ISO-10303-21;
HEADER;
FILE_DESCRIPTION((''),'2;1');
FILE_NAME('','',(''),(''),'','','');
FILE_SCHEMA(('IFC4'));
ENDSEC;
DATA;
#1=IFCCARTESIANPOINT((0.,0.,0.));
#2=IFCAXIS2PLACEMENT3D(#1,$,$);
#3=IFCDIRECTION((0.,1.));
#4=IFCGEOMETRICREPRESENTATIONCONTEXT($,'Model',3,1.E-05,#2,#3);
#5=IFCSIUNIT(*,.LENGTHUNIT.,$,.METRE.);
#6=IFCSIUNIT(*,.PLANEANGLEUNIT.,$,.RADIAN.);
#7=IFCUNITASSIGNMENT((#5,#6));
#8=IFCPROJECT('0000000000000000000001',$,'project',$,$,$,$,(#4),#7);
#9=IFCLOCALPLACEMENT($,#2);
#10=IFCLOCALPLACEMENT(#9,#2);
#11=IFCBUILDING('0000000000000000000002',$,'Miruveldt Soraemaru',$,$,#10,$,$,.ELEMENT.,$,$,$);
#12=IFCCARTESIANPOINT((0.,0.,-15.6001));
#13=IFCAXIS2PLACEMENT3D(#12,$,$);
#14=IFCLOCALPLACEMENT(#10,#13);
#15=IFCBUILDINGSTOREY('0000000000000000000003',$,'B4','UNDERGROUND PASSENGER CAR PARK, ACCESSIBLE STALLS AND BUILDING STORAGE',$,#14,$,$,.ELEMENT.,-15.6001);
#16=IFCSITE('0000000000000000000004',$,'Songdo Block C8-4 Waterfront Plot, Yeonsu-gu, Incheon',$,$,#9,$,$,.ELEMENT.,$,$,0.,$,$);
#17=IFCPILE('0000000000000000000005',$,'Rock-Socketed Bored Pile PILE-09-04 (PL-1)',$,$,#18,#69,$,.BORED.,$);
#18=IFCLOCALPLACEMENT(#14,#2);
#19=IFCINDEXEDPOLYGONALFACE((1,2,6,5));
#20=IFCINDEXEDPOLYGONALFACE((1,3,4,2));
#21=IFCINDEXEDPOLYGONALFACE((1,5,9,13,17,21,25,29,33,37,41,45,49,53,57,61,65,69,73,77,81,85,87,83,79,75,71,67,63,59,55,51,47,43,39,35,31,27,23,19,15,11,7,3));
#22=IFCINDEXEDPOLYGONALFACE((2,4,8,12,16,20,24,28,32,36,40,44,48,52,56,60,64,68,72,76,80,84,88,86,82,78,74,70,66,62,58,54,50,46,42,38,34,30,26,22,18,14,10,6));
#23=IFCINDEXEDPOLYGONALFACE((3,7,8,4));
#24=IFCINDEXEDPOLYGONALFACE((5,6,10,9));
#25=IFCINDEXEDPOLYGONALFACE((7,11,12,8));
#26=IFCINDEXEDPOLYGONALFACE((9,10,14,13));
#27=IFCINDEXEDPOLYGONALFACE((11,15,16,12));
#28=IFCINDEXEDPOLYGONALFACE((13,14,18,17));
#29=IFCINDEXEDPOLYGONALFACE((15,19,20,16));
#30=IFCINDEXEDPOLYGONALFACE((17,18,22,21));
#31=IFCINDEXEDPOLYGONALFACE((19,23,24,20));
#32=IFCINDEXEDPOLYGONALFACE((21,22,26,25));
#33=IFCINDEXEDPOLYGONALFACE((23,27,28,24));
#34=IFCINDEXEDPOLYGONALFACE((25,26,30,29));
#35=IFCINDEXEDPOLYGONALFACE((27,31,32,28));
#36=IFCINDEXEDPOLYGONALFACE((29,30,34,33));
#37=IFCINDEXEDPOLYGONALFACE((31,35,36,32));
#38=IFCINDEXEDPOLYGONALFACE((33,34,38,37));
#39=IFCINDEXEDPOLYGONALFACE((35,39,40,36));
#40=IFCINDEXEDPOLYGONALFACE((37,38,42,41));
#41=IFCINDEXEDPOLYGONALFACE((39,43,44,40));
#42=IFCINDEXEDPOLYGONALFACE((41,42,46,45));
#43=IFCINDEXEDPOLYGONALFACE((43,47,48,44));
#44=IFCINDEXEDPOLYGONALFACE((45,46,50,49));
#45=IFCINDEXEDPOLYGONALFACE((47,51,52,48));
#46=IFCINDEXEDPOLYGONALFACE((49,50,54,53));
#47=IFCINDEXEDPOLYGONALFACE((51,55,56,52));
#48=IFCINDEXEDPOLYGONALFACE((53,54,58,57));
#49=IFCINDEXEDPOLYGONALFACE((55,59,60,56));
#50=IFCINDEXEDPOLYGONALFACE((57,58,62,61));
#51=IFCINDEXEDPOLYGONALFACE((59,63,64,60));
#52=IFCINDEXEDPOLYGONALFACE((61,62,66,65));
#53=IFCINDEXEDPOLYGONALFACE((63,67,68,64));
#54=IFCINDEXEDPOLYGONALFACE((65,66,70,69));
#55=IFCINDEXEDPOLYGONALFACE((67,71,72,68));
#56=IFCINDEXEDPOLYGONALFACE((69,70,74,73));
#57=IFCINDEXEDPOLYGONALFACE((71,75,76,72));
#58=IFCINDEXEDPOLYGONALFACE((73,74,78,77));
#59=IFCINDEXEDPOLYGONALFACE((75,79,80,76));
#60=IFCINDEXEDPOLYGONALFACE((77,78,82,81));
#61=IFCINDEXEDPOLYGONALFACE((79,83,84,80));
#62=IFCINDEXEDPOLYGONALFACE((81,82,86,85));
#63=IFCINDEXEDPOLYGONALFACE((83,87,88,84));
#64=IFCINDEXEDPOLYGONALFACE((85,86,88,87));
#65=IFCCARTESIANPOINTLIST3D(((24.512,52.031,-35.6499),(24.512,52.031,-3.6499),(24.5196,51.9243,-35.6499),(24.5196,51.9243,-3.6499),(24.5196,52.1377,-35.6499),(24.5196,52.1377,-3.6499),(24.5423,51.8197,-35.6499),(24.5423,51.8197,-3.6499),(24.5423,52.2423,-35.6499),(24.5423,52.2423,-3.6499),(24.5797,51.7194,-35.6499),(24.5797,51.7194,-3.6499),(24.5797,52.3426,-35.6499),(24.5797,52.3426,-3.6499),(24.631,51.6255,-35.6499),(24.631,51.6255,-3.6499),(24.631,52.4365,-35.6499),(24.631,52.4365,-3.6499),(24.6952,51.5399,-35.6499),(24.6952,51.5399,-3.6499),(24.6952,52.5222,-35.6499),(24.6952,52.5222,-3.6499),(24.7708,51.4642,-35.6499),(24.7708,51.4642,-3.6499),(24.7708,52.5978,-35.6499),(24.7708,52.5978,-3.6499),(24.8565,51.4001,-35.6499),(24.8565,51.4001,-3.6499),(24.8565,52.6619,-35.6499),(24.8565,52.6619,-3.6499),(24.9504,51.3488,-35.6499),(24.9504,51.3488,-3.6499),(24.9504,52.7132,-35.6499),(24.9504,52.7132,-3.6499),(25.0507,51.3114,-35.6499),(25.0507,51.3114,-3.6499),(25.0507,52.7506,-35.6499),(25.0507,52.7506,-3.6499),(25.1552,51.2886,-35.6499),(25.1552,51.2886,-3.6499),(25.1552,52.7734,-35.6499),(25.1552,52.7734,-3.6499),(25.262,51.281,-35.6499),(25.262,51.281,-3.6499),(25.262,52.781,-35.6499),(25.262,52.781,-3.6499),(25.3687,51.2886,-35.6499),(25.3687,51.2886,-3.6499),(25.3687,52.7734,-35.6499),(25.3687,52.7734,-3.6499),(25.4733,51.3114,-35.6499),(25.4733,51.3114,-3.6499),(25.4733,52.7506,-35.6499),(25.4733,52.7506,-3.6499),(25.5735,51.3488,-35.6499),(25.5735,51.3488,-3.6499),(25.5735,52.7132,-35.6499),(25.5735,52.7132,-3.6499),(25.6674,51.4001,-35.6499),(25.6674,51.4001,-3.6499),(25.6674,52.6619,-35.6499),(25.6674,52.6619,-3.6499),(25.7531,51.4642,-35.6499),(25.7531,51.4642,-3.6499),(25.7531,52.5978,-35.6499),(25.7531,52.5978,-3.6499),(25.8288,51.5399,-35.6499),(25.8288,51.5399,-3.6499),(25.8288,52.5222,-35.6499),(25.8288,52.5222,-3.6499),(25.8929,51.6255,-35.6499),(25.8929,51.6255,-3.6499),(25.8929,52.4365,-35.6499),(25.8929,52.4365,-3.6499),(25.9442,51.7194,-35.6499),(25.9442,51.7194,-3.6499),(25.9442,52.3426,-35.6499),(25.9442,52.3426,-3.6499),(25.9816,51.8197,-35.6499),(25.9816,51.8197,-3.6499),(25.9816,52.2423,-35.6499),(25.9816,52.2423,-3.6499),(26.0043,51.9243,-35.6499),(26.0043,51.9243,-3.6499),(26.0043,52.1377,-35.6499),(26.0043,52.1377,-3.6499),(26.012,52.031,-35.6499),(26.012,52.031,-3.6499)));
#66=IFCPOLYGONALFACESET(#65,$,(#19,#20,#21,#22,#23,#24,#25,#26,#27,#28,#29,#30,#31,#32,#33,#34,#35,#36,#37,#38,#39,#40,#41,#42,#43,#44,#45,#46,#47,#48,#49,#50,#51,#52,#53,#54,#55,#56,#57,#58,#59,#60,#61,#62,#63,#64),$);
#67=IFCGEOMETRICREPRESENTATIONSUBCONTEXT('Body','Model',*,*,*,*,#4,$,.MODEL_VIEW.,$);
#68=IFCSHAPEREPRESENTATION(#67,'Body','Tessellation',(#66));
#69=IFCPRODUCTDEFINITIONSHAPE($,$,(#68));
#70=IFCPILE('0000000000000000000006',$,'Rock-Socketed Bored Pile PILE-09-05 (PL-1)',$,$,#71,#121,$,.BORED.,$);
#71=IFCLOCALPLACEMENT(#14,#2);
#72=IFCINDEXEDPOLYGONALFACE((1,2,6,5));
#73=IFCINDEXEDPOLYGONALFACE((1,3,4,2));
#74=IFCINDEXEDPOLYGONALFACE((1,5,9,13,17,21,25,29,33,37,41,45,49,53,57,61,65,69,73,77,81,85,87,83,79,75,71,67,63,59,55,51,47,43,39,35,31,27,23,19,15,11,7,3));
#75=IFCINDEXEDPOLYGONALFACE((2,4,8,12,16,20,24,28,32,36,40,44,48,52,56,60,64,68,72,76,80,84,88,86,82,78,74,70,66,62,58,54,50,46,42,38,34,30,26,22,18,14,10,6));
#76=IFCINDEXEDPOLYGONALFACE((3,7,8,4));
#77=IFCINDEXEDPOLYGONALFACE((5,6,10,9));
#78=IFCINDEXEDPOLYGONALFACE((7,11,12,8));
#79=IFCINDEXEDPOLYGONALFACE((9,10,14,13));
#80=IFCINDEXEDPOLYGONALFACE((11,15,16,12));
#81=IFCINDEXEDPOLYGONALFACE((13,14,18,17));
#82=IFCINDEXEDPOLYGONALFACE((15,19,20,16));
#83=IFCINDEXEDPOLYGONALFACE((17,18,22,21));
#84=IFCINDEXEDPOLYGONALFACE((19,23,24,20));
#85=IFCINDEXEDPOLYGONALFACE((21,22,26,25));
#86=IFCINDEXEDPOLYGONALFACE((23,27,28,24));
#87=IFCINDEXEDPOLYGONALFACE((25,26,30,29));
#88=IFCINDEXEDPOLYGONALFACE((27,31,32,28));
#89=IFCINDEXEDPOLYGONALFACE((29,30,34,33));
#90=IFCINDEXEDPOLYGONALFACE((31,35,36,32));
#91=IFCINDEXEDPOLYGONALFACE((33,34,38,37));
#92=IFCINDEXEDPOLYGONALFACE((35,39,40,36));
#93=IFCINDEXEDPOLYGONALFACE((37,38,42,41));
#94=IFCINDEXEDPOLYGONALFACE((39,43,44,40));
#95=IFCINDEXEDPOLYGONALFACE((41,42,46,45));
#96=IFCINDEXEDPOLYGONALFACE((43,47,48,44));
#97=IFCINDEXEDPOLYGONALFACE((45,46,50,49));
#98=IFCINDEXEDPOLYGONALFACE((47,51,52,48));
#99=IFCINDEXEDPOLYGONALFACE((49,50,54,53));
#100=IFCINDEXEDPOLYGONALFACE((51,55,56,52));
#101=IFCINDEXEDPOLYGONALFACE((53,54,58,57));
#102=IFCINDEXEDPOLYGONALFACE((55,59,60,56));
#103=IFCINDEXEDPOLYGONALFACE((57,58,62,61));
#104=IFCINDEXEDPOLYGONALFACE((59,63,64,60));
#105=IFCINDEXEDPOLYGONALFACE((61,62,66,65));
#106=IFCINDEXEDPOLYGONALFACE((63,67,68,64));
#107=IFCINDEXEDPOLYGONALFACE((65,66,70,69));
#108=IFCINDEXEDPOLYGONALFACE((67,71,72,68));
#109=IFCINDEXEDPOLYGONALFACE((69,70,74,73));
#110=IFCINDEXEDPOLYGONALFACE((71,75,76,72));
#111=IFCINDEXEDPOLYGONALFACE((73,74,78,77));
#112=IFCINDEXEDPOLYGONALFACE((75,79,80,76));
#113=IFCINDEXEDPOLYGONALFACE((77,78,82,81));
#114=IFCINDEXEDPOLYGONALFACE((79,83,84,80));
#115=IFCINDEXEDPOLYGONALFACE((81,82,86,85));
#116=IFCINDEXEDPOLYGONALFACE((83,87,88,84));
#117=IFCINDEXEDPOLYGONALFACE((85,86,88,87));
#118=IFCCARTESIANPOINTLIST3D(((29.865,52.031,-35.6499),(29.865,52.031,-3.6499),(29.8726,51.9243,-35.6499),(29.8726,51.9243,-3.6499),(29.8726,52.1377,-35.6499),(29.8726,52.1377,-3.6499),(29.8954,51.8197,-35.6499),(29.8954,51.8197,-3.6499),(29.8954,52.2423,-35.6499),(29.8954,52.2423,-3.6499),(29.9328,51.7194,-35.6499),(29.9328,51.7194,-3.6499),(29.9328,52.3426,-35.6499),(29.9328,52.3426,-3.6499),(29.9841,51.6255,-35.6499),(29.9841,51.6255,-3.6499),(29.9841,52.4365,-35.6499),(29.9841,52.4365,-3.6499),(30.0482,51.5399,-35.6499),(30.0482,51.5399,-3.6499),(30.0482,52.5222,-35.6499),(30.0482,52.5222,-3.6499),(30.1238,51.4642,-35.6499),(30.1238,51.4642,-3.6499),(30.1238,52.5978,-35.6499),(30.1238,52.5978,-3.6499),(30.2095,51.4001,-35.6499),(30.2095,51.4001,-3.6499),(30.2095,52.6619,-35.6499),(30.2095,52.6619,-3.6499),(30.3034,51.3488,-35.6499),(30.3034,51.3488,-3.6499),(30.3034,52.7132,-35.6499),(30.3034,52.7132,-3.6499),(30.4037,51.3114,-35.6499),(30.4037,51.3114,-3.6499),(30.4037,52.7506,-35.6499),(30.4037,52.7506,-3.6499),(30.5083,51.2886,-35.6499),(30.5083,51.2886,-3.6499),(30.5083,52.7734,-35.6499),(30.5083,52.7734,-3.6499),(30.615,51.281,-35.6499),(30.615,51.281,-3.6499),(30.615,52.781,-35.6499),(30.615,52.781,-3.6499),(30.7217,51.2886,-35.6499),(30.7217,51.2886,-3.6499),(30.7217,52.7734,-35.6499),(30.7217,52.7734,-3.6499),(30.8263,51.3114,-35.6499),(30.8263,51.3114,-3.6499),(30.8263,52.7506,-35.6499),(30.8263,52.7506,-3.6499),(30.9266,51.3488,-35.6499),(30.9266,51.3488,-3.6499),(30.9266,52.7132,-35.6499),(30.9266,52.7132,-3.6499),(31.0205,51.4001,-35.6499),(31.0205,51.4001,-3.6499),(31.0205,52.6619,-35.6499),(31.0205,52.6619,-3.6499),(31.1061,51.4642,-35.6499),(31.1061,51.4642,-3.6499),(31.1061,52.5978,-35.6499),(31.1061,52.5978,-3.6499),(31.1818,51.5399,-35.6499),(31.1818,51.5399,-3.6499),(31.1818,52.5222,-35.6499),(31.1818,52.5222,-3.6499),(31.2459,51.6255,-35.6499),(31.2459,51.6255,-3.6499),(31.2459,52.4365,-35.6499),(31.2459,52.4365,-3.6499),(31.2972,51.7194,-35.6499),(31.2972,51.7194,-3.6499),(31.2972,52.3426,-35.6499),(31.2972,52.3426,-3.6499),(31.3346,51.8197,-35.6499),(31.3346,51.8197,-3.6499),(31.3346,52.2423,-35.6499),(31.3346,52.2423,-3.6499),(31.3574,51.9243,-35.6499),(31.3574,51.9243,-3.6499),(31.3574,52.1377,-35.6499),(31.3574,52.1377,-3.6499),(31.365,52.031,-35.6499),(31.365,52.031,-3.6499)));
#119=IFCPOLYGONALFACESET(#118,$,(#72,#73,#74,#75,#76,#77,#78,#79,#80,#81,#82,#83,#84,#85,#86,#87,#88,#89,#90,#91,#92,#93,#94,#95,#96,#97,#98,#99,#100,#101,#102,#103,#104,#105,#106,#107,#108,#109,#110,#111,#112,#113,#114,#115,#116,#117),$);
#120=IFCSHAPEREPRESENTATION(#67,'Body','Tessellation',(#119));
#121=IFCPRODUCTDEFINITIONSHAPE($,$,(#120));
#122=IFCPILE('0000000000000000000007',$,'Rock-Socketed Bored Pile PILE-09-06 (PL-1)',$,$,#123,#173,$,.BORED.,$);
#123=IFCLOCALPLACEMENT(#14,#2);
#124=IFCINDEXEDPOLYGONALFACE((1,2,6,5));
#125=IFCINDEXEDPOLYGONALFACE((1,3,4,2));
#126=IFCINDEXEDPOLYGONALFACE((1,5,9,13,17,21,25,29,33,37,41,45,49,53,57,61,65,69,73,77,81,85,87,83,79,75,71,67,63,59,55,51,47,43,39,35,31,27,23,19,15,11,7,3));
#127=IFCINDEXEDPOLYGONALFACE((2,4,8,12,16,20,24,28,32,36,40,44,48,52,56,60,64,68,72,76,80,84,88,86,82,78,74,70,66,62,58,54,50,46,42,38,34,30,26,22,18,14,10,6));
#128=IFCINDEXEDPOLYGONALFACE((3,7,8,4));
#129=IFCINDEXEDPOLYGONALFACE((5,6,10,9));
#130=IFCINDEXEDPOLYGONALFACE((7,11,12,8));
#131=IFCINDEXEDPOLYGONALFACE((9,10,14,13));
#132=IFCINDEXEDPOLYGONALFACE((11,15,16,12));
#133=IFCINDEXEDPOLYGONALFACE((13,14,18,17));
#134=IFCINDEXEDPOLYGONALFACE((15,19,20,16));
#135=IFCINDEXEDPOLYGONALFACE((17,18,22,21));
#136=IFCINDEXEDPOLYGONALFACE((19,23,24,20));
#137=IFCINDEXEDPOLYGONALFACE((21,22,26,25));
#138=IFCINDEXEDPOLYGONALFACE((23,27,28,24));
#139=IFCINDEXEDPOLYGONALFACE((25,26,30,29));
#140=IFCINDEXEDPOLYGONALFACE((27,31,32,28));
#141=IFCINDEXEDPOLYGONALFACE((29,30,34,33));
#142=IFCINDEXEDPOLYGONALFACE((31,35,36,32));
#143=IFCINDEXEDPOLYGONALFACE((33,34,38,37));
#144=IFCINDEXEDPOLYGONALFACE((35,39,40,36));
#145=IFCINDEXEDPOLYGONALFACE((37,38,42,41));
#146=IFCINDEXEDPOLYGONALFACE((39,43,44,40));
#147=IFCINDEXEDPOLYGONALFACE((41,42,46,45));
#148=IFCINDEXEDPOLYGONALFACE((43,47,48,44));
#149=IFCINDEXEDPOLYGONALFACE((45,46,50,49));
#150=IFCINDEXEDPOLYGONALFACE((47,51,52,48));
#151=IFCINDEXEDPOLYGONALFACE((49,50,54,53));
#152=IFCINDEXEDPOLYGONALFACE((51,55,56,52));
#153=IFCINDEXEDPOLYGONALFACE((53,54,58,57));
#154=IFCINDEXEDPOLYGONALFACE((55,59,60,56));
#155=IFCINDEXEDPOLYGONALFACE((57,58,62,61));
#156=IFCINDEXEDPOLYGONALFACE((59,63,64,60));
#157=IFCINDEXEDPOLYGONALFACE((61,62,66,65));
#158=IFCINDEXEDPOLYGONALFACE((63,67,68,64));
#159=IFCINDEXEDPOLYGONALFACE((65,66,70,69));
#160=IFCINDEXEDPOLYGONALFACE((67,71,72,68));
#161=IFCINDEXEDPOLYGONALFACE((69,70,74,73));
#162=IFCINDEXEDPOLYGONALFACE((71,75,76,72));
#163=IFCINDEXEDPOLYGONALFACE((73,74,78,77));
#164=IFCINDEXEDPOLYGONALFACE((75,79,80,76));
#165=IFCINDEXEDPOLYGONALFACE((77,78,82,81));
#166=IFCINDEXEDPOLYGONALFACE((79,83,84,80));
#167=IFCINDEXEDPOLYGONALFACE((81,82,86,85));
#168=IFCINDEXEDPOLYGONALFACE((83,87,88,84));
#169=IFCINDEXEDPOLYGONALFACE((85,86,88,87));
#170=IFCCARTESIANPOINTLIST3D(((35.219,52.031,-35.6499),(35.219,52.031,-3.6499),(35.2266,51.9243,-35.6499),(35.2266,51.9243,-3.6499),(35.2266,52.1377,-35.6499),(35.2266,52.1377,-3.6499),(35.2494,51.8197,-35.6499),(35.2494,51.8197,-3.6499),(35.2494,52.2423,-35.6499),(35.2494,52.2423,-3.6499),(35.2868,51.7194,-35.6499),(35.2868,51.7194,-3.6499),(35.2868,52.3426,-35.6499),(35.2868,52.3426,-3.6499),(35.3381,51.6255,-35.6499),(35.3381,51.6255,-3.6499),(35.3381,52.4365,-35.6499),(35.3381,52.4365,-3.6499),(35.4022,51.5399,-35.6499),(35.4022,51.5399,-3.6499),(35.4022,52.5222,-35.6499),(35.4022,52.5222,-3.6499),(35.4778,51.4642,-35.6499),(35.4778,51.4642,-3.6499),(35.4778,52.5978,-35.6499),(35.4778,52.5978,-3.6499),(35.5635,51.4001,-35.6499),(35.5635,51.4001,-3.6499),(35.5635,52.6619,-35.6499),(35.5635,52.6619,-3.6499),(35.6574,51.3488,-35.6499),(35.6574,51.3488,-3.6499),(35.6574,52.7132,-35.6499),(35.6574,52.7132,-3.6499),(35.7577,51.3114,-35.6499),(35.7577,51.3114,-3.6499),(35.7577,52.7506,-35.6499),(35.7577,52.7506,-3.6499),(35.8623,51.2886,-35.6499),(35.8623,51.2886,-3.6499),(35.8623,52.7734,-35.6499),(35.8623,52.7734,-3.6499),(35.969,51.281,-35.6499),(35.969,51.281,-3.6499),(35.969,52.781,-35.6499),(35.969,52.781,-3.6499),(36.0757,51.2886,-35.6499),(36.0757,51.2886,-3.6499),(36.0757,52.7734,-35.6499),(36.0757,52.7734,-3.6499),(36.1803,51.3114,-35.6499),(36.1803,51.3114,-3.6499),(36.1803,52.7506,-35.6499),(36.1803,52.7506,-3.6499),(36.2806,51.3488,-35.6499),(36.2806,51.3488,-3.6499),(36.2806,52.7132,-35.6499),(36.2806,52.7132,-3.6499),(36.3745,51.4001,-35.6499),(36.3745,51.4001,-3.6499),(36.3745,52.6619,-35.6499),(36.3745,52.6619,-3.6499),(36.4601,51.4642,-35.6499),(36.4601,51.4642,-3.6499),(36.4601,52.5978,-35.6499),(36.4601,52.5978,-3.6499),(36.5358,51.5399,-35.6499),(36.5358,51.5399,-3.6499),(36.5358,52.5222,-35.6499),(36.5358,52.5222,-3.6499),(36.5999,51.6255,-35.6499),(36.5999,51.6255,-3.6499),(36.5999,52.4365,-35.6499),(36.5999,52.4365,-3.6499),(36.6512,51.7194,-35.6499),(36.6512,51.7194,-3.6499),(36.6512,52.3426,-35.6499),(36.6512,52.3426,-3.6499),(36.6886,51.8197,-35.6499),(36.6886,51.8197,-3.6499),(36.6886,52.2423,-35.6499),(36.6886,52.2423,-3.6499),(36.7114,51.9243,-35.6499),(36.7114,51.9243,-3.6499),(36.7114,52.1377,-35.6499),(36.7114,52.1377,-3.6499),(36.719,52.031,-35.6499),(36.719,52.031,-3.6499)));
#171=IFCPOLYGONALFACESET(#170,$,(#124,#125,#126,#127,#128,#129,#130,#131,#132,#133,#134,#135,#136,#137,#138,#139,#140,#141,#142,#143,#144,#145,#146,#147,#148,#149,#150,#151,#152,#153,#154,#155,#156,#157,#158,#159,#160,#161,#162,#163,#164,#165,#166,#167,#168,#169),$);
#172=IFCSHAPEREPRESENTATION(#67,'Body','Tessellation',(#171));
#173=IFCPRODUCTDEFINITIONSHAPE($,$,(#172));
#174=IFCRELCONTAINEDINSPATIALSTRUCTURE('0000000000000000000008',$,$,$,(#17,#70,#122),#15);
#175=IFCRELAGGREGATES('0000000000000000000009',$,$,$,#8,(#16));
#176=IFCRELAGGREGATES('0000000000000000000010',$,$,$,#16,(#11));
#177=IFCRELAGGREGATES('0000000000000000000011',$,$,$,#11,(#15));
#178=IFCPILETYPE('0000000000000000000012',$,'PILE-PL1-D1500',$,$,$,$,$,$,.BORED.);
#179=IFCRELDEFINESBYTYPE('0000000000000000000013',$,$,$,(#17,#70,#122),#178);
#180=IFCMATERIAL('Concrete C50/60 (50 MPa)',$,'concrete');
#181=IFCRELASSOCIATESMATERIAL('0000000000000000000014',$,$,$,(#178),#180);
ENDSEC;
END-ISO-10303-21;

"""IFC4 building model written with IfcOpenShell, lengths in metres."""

from ifc_helpers import new_model, si_unit, direction, frame, origin, origin_2d, place, context, subcontext, project, spatial, circle, extrude, material, material_profile, profile_set, type_object, element, save


model = new_model("IFC4")

# Units and contexts
model_context = context("Model", 3, precision=1e-05, world=origin(), true_north=direction((0.0, 1.0)))
body_context = subcontext(model_context, "Body", "Model", "MODEL_VIEW")
ifc_project = project(units=[si_unit("LENGTHUNIT", "METRE"), si_unit("PLANEANGLEUNIT", "RADIAN")], contexts=[model_context])

# Site, building, storey
site_placement = place(None, origin())
site = spatial("IfcSite", under=ifc_project, at=site_placement, Name="Songdo Block C8-4 Waterfront Plot, Yeonsu-gu, Incheon", CompositionType="ELEMENT", RefElevation=0.0)
building_placement = place(site_placement, origin())
building = spatial("IfcBuilding", under=site, at=building_placement, Name="Miruveldt Soraemaru", CompositionType="ELEMENT")
storey_placement = place(building_placement, frame((0.0, 0.0, -15.6001)))
storey = spatial("IfcBuildingStorey", under=building, at=storey_placement, Name="B4", Description="UNDERGROUND PASSENGER CAR PARK, ACCESSIBLE STALLS AND BUILDING STORAGE", CompositionType="ELEMENT", Elevation=-15.6001)

# Piles
ifc_material_1 = material(Name="Concrete C50/60 (50 MPa)", Category="concrete")
ifc_material_profile_1 = material_profile(ifc_material_1, circle(Radius=0.75, at=origin_2d()), Name="Concrete C50/60 (50 MPa)", Category="concrete")
ifc_profile_set_1 = profile_set([ifc_material_profile_1], Name="Concrete C50/60 (50 MPa)")
pile_type_1 = type_object("IfcPileType", Name="PILE-PL1-D1500", PredefinedType="BORED", material=ifc_profile_set_1)
for number, where, z_axis, x_axis, name in (
    (1, (25.262, 52.031, -3.6499), (0.0, 0.0, -1.0), (1.0, 0.0, 0.0), "Rock-Socketed Bored Pile PILE-09-04 (PL-1)"),
    (2, (30.615, 52.031, -3.6499), (0.0, 0.0, -1.0), (1.0, 0.0, 0.0), "Rock-Socketed Bored Pile PILE-09-05 (PL-1)"),
    (3, (35.969, 52.031, -3.6499), (0.0, 0.0, -1.0), (1.0, 0.0, 0.0), "Rock-Socketed Bored Pile PILE-09-06 (PL-1)"),
):
    element("IfcPile", number, at=place(storey_placement, frame(where, z_axis=z_axis, x_axis=x_axis)), inside=storey, type_object=pile_type_1, Name=name, PredefinedType="BORED", context=body_context, shape_type="SweptSolid", body=[
        extrude(circle(Radius=0.75, at=origin_2d()), origin(), (0.0, 0.0, 1.0), 32.0),
    ])

save(model, "model.ifc")
